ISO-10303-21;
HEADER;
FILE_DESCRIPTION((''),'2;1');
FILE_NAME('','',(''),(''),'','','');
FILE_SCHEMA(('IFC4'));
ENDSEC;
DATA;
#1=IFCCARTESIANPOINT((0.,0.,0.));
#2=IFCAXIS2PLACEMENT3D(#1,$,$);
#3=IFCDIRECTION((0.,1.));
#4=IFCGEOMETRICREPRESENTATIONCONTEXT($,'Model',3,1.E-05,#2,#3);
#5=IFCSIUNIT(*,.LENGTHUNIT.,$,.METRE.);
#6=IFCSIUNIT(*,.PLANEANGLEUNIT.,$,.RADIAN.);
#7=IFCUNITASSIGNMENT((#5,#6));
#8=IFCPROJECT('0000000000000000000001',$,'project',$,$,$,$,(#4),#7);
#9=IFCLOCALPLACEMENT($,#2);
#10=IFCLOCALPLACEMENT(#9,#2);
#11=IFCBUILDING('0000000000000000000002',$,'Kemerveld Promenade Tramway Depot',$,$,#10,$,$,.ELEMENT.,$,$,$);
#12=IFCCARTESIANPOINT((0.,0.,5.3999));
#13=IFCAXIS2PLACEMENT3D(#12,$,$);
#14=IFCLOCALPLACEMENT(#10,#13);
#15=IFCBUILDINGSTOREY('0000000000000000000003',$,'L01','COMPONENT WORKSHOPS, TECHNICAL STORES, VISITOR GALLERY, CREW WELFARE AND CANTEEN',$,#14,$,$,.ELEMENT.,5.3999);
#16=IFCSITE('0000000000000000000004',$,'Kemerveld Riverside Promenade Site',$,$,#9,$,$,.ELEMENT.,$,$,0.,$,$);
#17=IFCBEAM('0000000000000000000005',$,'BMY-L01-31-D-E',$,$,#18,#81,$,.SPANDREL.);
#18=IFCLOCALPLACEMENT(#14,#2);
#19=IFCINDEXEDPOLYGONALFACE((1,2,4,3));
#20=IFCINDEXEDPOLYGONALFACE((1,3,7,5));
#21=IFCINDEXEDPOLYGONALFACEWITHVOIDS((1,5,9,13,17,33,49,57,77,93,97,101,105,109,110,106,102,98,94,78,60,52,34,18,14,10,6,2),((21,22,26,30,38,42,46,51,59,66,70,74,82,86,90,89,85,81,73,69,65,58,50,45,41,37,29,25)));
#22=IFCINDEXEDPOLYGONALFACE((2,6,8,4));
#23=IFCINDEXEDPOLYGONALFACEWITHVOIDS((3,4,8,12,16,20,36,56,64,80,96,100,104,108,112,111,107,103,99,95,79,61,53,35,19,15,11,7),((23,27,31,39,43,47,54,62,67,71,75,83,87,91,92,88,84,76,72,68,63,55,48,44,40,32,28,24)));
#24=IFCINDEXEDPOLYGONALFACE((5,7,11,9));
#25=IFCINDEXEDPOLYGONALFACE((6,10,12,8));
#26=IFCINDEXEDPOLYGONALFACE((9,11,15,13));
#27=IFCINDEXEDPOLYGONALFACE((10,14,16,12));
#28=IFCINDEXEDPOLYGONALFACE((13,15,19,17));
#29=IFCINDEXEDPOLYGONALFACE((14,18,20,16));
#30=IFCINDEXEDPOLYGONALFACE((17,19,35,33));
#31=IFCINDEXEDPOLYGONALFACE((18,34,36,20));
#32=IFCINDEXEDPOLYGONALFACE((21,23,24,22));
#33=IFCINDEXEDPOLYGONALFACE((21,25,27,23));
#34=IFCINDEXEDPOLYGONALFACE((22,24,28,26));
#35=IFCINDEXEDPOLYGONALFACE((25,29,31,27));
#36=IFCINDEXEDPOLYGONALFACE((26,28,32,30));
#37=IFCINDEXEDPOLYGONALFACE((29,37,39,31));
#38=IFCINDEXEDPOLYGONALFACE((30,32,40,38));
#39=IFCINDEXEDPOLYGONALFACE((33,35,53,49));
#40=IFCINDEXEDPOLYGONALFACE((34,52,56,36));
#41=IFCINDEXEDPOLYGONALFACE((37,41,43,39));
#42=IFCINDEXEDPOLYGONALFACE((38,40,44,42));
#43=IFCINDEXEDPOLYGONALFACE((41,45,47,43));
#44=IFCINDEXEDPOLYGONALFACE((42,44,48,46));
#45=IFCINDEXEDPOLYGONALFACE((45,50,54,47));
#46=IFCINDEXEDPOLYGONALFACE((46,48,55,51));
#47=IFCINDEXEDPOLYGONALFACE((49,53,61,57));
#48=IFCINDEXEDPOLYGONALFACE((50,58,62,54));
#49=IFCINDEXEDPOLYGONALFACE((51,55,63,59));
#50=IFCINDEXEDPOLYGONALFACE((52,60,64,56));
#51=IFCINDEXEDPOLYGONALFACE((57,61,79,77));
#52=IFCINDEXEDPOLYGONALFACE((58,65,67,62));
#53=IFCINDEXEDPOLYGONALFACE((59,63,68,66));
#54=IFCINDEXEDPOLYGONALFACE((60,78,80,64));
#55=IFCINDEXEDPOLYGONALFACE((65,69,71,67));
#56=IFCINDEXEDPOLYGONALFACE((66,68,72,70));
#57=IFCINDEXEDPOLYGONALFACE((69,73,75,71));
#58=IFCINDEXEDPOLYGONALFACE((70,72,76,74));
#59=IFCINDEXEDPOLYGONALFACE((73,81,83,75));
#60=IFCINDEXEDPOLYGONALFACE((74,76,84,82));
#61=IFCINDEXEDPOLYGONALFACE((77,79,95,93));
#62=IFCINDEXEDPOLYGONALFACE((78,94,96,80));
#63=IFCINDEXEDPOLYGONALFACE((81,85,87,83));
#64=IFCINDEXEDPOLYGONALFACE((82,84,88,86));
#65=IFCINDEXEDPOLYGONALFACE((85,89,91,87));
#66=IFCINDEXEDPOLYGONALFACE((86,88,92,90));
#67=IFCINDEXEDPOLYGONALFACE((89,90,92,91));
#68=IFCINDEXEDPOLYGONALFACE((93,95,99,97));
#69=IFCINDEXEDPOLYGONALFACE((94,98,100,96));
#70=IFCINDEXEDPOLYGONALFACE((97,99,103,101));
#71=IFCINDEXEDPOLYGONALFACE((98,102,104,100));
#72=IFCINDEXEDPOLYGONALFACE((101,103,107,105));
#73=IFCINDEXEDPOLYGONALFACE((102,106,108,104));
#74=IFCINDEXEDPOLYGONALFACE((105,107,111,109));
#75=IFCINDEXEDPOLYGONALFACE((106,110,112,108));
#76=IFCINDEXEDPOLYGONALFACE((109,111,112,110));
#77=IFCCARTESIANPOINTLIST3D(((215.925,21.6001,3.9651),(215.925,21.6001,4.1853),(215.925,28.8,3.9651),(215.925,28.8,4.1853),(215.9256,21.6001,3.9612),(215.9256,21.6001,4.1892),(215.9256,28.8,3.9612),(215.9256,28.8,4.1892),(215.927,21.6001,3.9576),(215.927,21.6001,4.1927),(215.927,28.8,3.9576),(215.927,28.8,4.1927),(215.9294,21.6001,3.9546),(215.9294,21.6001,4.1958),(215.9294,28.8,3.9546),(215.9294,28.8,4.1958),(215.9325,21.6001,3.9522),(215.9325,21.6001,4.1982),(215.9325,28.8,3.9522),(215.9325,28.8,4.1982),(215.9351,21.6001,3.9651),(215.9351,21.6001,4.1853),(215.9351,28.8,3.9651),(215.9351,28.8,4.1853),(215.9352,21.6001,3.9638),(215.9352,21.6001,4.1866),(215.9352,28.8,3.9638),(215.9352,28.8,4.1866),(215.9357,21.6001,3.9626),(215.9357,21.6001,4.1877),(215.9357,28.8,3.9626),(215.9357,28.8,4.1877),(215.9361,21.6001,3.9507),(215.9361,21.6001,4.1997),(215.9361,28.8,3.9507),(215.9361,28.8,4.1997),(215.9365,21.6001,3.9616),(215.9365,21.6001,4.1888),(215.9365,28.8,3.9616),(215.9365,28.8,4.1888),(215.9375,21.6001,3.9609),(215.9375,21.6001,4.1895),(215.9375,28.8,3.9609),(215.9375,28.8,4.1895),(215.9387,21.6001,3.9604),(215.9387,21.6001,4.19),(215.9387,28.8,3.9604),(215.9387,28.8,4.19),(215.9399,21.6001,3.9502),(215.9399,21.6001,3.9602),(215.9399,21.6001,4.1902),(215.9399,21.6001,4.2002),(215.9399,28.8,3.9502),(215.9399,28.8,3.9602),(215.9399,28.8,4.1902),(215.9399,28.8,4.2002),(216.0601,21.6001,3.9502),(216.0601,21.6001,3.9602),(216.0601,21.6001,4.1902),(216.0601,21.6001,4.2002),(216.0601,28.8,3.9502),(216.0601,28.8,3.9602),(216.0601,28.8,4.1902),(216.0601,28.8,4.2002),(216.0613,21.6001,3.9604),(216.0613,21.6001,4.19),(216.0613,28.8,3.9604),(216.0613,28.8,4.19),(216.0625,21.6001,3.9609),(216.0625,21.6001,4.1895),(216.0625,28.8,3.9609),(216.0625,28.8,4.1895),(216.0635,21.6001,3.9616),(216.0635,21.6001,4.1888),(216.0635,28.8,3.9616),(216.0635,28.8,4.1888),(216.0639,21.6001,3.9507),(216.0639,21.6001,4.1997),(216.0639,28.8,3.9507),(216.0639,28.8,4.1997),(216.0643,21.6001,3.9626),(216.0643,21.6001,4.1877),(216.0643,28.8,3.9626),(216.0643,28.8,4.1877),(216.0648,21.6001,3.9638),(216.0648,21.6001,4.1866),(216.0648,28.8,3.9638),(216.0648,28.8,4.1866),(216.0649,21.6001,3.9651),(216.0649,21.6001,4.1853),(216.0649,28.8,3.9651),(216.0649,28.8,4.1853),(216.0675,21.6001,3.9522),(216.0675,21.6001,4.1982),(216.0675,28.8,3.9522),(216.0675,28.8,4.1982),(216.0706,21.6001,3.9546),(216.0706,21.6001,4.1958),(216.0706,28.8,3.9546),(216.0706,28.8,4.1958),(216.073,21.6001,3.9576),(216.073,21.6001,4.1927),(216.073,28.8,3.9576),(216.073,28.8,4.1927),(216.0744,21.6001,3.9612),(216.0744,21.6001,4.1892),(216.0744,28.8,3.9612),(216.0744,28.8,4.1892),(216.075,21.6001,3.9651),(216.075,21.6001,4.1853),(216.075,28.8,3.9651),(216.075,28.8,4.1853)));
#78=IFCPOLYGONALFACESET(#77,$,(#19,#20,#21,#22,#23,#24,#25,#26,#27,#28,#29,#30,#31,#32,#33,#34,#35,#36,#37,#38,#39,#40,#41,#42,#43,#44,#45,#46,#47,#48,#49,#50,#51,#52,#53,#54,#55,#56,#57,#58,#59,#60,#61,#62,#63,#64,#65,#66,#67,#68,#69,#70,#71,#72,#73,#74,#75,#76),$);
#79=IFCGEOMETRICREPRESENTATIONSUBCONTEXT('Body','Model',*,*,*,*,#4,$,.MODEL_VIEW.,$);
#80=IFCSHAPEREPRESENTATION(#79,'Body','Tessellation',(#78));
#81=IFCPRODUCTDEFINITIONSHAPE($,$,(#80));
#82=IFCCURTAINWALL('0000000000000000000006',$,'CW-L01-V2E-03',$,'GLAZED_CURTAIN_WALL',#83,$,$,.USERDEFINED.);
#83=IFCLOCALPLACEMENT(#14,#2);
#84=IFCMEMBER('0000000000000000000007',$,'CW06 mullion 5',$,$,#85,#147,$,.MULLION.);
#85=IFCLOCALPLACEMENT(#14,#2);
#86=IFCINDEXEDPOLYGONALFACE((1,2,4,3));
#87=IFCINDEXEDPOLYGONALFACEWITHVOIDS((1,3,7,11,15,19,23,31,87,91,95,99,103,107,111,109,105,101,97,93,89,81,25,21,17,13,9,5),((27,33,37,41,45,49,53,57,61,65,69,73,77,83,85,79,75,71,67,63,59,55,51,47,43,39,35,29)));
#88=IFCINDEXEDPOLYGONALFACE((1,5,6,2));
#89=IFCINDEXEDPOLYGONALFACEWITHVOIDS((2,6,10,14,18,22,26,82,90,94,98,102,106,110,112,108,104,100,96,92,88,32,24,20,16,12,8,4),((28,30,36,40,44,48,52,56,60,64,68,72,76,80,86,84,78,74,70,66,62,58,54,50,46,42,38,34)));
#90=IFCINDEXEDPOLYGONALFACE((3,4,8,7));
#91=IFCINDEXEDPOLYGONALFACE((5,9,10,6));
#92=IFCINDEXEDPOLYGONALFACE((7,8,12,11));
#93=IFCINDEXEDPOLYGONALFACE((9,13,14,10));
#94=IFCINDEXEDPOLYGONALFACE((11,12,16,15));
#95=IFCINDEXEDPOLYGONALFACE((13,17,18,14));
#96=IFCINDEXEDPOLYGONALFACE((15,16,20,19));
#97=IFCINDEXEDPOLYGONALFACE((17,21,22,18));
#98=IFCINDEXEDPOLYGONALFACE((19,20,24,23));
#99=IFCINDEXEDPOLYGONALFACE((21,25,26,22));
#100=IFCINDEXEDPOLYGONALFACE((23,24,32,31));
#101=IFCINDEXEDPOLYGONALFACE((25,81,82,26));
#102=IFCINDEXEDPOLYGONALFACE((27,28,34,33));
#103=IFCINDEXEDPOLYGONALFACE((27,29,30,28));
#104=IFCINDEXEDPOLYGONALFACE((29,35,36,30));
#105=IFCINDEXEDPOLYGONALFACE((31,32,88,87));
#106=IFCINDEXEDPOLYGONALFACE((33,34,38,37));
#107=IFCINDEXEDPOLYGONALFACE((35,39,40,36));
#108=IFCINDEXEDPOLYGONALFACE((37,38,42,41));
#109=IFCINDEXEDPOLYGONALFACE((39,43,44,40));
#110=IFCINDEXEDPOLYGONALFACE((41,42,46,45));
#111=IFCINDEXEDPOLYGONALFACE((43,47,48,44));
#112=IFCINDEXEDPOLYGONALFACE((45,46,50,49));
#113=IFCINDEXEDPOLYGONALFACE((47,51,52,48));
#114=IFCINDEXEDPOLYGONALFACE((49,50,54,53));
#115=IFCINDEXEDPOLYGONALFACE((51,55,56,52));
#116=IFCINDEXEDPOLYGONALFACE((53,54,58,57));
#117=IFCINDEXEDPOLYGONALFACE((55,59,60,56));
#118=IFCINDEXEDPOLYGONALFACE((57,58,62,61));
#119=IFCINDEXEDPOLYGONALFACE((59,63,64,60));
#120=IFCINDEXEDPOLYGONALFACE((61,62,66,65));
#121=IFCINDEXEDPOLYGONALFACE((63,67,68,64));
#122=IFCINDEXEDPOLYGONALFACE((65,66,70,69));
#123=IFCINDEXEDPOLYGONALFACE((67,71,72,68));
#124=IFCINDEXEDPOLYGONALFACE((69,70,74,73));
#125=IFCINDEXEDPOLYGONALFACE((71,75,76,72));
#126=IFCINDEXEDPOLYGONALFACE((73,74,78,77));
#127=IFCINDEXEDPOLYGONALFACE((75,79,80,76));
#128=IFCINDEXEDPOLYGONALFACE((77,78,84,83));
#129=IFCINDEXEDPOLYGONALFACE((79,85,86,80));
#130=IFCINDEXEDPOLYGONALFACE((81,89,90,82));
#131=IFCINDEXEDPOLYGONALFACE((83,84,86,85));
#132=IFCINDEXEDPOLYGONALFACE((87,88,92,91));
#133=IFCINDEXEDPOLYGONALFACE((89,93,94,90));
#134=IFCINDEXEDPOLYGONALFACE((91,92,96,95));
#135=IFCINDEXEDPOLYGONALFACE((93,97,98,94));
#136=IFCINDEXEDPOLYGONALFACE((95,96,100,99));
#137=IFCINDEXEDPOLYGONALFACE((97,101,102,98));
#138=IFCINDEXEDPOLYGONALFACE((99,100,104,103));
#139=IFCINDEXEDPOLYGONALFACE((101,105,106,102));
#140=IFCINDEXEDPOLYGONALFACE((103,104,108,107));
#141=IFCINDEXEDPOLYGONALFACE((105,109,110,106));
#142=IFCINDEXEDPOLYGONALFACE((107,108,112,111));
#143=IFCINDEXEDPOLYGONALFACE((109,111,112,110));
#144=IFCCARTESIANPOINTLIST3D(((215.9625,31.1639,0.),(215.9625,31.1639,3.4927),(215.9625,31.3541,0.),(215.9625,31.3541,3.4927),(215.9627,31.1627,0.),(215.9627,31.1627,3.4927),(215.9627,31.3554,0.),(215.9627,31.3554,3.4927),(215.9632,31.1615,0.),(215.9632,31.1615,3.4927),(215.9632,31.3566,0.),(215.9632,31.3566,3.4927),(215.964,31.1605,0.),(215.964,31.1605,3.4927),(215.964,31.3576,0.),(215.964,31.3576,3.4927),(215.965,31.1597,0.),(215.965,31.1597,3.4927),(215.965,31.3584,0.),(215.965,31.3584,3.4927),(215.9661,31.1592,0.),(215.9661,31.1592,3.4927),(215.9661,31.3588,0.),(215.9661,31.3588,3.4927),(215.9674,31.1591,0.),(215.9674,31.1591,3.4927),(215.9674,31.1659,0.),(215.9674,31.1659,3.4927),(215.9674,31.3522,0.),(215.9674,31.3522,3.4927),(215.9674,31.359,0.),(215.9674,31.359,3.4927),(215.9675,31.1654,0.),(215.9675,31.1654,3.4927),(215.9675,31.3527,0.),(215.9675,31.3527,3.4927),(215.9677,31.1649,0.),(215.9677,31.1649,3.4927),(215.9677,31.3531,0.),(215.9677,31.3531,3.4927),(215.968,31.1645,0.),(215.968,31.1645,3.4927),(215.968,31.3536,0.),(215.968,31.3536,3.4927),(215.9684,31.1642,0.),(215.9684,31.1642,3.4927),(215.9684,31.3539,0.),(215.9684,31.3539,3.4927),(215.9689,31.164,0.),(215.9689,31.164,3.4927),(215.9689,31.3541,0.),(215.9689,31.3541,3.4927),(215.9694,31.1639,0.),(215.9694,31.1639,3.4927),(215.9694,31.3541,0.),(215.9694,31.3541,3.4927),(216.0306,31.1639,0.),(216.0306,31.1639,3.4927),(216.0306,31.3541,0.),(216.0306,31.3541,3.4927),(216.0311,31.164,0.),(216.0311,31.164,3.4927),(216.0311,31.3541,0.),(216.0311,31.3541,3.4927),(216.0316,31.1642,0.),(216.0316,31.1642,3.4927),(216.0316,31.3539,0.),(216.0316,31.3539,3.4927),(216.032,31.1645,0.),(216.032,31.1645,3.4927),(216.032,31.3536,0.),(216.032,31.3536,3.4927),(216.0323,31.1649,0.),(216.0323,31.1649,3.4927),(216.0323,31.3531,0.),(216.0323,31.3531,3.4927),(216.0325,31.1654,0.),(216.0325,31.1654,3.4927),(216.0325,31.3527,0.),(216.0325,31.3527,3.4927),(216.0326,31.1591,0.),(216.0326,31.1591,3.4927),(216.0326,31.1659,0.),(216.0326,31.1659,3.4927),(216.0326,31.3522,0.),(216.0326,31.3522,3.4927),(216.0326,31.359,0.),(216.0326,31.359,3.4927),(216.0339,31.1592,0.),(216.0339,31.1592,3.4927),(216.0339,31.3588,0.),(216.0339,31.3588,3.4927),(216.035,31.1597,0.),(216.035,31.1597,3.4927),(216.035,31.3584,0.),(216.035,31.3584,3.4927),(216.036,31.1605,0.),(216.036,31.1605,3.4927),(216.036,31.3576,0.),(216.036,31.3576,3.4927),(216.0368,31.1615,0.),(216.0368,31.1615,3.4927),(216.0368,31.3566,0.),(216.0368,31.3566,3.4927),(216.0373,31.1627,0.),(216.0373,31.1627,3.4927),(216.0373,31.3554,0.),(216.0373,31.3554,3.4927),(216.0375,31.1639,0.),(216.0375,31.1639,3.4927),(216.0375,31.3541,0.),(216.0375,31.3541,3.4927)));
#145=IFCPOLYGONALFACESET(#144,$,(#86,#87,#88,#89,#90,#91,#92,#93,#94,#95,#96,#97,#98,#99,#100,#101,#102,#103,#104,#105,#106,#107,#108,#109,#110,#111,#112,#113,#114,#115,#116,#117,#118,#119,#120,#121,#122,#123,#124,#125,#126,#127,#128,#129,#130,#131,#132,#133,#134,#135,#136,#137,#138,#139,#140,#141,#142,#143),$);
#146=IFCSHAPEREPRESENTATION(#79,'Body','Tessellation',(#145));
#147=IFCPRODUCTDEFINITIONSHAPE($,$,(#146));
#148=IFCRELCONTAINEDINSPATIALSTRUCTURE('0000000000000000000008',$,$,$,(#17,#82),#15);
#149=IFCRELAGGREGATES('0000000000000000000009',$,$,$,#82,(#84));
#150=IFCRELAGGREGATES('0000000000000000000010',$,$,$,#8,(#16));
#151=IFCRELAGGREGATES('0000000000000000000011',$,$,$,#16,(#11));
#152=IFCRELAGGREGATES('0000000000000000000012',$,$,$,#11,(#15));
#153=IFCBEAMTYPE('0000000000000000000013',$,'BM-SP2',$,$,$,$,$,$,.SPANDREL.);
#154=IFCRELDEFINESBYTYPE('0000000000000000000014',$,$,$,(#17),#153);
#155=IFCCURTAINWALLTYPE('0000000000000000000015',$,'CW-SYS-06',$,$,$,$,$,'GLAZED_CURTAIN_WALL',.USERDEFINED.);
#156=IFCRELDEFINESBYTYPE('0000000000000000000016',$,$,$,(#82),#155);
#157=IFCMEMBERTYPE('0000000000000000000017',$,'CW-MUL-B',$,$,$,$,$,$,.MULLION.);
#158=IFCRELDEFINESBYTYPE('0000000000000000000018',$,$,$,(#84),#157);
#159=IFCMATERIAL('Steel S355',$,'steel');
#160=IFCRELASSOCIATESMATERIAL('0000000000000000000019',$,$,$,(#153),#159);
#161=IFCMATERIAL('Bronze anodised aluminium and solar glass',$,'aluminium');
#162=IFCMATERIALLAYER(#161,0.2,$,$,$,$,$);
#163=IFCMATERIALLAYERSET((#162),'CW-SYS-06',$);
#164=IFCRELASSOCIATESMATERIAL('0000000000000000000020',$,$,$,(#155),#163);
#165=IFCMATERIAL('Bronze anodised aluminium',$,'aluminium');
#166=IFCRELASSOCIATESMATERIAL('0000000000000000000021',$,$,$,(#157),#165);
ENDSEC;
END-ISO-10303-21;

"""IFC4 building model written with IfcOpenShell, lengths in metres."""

from ifc_helpers import new_model, si_unit, direction, frame, origin, origin_2d, place, context, subcontext, project, spatial, hollow_rectangle, extrude, material, layer, layer_set, material_profile, profile_set, type_object, element, aggregate, save


model = new_model("IFC4")

# Units and contexts
model_context = context("Model", 3, precision=1e-05, world=origin(), true_north=direction((0.0, 1.0)))
body_context = subcontext(model_context, "Body", "Model", "MODEL_VIEW")
ifc_project = project(units=[si_unit("LENGTHUNIT", "METRE"), si_unit("PLANEANGLEUNIT", "RADIAN")], contexts=[model_context])

# Site, building, storey
site_placement = place(None, origin())
site = spatial("IfcSite", under=ifc_project, at=site_placement, Name="Kemerveld Riverside Promenade Site", CompositionType="ELEMENT", RefElevation=0.0)
building_placement = place(site_placement, origin())
building = spatial("IfcBuilding", under=site, at=building_placement, Name="Kemerveld Promenade Tramway Depot", CompositionType="ELEMENT")
storey_placement = place(building_placement, frame((0.0, 0.0, 5.3999)))
storey = spatial("IfcBuildingStorey", under=building, at=storey_placement, Name="L01", Description="COMPONENT WORKSHOPS, TECHNICAL STORES, VISITOR GALLERY, CREW WELFARE AND CANTEEN", CompositionType="ELEMENT", Elevation=5.3999)

# Shared definitions
ifc_material_1 = material(Name="Steel S355", Category="steel")

# Beam
ifc_material_profile_1 = material_profile(ifc_material_1, hollow_rectangle(XDim=0.1499, YDim=0.25, WallThickness=0.01, InnerFilletRadius=0.0049, OuterFilletRadius=0.0149, at=origin_2d()), Name="250x150x10.0 RHS")
ifc_profile_set_1 = profile_set([ifc_material_profile_1], Name="Steel S355")
beam_type_1 = type_object("IfcBeamType", Name="BM-SP2", PredefinedType="SPANDREL", material=ifc_profile_set_1)
beam_1_placement = place(storey_placement, frame((216.0, 21.6001, 4.0752), z_axis=(0.0, 1.0, 0.0), x_axis=(-1.0, 0.0, 0.0)))
element("IfcBeam", 1, at=beam_1_placement, inside=storey, type_object=beam_type_1, Name="BMY-L01-31-D-E", PredefinedType="SPANDREL", context=body_context, shape_type="SweptSolid", body=[
    extrude(hollow_rectangle(XDim=0.1499, YDim=0.25, WallThickness=0.01, InnerFilletRadius=0.0049, OuterFilletRadius=0.0149, at=origin_2d()), origin(), (0.0, 0.0, 1.0), 7.2),
])

# Curtain wall, member
ifc_material_2 = material(Name="Bronze anodised aluminium and solar glass", Category="aluminium")
ifc_layer_1 = layer(ifc_material_2, 0.2)
ifc_layer_set_1 = layer_set([ifc_layer_1], Name="CW-SYS-06")
curtain_wall_type_1 = type_object("IfcCurtainWallType", Name="CW-SYS-06", ElementType="GLAZED_CURTAIN_WALL", PredefinedType="USERDEFINED", material=ifc_layer_set_1)
curtain_wall_1_placement = place(storey_placement, origin())
curtain_wall_1 = element("IfcCurtainWall", 2, at=curtain_wall_1_placement, inside=storey, type_object=curtain_wall_type_1, Name="CW-L01-V2E-03", ObjectType="GLAZED_CURTAIN_WALL", PredefinedType="USERDEFINED")
ifc_material_3 = material(Name="Bronze anodised aluminium", Category="aluminium")
ifc_material_profile_2 = material_profile(ifc_material_3, hollow_rectangle(XDim=0.075, YDim=0.2, WallThickness=0.0049, InnerFilletRadius=0.002, OuterFilletRadius=0.0049, at=origin_2d()), Name="CW-MUL-200x75")
ifc_profile_set_2 = profile_set([ifc_material_profile_2], Name="Bronze anodised aluminium")
member_type_1 = type_object("IfcMemberType", Name="CW-MUL-B", PredefinedType="MULLION", material=ifc_profile_set_2)
member_1_placement = place(storey_placement, frame((216.0, 31.259, 0.0), z_axis=(0.0, 0.0, 1.0), x_axis=(1.0, 0.0, 0.0)))
member_1 = element("IfcMember", 3, at=member_1_placement, type_object=member_type_1, Name="CW06 mullion 5", PredefinedType="MULLION", context=body_context, shape_type="SweptSolid", body=[
    extrude(hollow_rectangle(XDim=0.075, YDim=0.2, WallThickness=0.0049, InnerFilletRadius=0.002, OuterFilletRadius=0.0049, at=origin_2d()), origin(), (0.0, 0.0, 1.0), 3.4927),
])

aggregate(curtain_wall_1, [member_1])

save(model, "model.ifc")
